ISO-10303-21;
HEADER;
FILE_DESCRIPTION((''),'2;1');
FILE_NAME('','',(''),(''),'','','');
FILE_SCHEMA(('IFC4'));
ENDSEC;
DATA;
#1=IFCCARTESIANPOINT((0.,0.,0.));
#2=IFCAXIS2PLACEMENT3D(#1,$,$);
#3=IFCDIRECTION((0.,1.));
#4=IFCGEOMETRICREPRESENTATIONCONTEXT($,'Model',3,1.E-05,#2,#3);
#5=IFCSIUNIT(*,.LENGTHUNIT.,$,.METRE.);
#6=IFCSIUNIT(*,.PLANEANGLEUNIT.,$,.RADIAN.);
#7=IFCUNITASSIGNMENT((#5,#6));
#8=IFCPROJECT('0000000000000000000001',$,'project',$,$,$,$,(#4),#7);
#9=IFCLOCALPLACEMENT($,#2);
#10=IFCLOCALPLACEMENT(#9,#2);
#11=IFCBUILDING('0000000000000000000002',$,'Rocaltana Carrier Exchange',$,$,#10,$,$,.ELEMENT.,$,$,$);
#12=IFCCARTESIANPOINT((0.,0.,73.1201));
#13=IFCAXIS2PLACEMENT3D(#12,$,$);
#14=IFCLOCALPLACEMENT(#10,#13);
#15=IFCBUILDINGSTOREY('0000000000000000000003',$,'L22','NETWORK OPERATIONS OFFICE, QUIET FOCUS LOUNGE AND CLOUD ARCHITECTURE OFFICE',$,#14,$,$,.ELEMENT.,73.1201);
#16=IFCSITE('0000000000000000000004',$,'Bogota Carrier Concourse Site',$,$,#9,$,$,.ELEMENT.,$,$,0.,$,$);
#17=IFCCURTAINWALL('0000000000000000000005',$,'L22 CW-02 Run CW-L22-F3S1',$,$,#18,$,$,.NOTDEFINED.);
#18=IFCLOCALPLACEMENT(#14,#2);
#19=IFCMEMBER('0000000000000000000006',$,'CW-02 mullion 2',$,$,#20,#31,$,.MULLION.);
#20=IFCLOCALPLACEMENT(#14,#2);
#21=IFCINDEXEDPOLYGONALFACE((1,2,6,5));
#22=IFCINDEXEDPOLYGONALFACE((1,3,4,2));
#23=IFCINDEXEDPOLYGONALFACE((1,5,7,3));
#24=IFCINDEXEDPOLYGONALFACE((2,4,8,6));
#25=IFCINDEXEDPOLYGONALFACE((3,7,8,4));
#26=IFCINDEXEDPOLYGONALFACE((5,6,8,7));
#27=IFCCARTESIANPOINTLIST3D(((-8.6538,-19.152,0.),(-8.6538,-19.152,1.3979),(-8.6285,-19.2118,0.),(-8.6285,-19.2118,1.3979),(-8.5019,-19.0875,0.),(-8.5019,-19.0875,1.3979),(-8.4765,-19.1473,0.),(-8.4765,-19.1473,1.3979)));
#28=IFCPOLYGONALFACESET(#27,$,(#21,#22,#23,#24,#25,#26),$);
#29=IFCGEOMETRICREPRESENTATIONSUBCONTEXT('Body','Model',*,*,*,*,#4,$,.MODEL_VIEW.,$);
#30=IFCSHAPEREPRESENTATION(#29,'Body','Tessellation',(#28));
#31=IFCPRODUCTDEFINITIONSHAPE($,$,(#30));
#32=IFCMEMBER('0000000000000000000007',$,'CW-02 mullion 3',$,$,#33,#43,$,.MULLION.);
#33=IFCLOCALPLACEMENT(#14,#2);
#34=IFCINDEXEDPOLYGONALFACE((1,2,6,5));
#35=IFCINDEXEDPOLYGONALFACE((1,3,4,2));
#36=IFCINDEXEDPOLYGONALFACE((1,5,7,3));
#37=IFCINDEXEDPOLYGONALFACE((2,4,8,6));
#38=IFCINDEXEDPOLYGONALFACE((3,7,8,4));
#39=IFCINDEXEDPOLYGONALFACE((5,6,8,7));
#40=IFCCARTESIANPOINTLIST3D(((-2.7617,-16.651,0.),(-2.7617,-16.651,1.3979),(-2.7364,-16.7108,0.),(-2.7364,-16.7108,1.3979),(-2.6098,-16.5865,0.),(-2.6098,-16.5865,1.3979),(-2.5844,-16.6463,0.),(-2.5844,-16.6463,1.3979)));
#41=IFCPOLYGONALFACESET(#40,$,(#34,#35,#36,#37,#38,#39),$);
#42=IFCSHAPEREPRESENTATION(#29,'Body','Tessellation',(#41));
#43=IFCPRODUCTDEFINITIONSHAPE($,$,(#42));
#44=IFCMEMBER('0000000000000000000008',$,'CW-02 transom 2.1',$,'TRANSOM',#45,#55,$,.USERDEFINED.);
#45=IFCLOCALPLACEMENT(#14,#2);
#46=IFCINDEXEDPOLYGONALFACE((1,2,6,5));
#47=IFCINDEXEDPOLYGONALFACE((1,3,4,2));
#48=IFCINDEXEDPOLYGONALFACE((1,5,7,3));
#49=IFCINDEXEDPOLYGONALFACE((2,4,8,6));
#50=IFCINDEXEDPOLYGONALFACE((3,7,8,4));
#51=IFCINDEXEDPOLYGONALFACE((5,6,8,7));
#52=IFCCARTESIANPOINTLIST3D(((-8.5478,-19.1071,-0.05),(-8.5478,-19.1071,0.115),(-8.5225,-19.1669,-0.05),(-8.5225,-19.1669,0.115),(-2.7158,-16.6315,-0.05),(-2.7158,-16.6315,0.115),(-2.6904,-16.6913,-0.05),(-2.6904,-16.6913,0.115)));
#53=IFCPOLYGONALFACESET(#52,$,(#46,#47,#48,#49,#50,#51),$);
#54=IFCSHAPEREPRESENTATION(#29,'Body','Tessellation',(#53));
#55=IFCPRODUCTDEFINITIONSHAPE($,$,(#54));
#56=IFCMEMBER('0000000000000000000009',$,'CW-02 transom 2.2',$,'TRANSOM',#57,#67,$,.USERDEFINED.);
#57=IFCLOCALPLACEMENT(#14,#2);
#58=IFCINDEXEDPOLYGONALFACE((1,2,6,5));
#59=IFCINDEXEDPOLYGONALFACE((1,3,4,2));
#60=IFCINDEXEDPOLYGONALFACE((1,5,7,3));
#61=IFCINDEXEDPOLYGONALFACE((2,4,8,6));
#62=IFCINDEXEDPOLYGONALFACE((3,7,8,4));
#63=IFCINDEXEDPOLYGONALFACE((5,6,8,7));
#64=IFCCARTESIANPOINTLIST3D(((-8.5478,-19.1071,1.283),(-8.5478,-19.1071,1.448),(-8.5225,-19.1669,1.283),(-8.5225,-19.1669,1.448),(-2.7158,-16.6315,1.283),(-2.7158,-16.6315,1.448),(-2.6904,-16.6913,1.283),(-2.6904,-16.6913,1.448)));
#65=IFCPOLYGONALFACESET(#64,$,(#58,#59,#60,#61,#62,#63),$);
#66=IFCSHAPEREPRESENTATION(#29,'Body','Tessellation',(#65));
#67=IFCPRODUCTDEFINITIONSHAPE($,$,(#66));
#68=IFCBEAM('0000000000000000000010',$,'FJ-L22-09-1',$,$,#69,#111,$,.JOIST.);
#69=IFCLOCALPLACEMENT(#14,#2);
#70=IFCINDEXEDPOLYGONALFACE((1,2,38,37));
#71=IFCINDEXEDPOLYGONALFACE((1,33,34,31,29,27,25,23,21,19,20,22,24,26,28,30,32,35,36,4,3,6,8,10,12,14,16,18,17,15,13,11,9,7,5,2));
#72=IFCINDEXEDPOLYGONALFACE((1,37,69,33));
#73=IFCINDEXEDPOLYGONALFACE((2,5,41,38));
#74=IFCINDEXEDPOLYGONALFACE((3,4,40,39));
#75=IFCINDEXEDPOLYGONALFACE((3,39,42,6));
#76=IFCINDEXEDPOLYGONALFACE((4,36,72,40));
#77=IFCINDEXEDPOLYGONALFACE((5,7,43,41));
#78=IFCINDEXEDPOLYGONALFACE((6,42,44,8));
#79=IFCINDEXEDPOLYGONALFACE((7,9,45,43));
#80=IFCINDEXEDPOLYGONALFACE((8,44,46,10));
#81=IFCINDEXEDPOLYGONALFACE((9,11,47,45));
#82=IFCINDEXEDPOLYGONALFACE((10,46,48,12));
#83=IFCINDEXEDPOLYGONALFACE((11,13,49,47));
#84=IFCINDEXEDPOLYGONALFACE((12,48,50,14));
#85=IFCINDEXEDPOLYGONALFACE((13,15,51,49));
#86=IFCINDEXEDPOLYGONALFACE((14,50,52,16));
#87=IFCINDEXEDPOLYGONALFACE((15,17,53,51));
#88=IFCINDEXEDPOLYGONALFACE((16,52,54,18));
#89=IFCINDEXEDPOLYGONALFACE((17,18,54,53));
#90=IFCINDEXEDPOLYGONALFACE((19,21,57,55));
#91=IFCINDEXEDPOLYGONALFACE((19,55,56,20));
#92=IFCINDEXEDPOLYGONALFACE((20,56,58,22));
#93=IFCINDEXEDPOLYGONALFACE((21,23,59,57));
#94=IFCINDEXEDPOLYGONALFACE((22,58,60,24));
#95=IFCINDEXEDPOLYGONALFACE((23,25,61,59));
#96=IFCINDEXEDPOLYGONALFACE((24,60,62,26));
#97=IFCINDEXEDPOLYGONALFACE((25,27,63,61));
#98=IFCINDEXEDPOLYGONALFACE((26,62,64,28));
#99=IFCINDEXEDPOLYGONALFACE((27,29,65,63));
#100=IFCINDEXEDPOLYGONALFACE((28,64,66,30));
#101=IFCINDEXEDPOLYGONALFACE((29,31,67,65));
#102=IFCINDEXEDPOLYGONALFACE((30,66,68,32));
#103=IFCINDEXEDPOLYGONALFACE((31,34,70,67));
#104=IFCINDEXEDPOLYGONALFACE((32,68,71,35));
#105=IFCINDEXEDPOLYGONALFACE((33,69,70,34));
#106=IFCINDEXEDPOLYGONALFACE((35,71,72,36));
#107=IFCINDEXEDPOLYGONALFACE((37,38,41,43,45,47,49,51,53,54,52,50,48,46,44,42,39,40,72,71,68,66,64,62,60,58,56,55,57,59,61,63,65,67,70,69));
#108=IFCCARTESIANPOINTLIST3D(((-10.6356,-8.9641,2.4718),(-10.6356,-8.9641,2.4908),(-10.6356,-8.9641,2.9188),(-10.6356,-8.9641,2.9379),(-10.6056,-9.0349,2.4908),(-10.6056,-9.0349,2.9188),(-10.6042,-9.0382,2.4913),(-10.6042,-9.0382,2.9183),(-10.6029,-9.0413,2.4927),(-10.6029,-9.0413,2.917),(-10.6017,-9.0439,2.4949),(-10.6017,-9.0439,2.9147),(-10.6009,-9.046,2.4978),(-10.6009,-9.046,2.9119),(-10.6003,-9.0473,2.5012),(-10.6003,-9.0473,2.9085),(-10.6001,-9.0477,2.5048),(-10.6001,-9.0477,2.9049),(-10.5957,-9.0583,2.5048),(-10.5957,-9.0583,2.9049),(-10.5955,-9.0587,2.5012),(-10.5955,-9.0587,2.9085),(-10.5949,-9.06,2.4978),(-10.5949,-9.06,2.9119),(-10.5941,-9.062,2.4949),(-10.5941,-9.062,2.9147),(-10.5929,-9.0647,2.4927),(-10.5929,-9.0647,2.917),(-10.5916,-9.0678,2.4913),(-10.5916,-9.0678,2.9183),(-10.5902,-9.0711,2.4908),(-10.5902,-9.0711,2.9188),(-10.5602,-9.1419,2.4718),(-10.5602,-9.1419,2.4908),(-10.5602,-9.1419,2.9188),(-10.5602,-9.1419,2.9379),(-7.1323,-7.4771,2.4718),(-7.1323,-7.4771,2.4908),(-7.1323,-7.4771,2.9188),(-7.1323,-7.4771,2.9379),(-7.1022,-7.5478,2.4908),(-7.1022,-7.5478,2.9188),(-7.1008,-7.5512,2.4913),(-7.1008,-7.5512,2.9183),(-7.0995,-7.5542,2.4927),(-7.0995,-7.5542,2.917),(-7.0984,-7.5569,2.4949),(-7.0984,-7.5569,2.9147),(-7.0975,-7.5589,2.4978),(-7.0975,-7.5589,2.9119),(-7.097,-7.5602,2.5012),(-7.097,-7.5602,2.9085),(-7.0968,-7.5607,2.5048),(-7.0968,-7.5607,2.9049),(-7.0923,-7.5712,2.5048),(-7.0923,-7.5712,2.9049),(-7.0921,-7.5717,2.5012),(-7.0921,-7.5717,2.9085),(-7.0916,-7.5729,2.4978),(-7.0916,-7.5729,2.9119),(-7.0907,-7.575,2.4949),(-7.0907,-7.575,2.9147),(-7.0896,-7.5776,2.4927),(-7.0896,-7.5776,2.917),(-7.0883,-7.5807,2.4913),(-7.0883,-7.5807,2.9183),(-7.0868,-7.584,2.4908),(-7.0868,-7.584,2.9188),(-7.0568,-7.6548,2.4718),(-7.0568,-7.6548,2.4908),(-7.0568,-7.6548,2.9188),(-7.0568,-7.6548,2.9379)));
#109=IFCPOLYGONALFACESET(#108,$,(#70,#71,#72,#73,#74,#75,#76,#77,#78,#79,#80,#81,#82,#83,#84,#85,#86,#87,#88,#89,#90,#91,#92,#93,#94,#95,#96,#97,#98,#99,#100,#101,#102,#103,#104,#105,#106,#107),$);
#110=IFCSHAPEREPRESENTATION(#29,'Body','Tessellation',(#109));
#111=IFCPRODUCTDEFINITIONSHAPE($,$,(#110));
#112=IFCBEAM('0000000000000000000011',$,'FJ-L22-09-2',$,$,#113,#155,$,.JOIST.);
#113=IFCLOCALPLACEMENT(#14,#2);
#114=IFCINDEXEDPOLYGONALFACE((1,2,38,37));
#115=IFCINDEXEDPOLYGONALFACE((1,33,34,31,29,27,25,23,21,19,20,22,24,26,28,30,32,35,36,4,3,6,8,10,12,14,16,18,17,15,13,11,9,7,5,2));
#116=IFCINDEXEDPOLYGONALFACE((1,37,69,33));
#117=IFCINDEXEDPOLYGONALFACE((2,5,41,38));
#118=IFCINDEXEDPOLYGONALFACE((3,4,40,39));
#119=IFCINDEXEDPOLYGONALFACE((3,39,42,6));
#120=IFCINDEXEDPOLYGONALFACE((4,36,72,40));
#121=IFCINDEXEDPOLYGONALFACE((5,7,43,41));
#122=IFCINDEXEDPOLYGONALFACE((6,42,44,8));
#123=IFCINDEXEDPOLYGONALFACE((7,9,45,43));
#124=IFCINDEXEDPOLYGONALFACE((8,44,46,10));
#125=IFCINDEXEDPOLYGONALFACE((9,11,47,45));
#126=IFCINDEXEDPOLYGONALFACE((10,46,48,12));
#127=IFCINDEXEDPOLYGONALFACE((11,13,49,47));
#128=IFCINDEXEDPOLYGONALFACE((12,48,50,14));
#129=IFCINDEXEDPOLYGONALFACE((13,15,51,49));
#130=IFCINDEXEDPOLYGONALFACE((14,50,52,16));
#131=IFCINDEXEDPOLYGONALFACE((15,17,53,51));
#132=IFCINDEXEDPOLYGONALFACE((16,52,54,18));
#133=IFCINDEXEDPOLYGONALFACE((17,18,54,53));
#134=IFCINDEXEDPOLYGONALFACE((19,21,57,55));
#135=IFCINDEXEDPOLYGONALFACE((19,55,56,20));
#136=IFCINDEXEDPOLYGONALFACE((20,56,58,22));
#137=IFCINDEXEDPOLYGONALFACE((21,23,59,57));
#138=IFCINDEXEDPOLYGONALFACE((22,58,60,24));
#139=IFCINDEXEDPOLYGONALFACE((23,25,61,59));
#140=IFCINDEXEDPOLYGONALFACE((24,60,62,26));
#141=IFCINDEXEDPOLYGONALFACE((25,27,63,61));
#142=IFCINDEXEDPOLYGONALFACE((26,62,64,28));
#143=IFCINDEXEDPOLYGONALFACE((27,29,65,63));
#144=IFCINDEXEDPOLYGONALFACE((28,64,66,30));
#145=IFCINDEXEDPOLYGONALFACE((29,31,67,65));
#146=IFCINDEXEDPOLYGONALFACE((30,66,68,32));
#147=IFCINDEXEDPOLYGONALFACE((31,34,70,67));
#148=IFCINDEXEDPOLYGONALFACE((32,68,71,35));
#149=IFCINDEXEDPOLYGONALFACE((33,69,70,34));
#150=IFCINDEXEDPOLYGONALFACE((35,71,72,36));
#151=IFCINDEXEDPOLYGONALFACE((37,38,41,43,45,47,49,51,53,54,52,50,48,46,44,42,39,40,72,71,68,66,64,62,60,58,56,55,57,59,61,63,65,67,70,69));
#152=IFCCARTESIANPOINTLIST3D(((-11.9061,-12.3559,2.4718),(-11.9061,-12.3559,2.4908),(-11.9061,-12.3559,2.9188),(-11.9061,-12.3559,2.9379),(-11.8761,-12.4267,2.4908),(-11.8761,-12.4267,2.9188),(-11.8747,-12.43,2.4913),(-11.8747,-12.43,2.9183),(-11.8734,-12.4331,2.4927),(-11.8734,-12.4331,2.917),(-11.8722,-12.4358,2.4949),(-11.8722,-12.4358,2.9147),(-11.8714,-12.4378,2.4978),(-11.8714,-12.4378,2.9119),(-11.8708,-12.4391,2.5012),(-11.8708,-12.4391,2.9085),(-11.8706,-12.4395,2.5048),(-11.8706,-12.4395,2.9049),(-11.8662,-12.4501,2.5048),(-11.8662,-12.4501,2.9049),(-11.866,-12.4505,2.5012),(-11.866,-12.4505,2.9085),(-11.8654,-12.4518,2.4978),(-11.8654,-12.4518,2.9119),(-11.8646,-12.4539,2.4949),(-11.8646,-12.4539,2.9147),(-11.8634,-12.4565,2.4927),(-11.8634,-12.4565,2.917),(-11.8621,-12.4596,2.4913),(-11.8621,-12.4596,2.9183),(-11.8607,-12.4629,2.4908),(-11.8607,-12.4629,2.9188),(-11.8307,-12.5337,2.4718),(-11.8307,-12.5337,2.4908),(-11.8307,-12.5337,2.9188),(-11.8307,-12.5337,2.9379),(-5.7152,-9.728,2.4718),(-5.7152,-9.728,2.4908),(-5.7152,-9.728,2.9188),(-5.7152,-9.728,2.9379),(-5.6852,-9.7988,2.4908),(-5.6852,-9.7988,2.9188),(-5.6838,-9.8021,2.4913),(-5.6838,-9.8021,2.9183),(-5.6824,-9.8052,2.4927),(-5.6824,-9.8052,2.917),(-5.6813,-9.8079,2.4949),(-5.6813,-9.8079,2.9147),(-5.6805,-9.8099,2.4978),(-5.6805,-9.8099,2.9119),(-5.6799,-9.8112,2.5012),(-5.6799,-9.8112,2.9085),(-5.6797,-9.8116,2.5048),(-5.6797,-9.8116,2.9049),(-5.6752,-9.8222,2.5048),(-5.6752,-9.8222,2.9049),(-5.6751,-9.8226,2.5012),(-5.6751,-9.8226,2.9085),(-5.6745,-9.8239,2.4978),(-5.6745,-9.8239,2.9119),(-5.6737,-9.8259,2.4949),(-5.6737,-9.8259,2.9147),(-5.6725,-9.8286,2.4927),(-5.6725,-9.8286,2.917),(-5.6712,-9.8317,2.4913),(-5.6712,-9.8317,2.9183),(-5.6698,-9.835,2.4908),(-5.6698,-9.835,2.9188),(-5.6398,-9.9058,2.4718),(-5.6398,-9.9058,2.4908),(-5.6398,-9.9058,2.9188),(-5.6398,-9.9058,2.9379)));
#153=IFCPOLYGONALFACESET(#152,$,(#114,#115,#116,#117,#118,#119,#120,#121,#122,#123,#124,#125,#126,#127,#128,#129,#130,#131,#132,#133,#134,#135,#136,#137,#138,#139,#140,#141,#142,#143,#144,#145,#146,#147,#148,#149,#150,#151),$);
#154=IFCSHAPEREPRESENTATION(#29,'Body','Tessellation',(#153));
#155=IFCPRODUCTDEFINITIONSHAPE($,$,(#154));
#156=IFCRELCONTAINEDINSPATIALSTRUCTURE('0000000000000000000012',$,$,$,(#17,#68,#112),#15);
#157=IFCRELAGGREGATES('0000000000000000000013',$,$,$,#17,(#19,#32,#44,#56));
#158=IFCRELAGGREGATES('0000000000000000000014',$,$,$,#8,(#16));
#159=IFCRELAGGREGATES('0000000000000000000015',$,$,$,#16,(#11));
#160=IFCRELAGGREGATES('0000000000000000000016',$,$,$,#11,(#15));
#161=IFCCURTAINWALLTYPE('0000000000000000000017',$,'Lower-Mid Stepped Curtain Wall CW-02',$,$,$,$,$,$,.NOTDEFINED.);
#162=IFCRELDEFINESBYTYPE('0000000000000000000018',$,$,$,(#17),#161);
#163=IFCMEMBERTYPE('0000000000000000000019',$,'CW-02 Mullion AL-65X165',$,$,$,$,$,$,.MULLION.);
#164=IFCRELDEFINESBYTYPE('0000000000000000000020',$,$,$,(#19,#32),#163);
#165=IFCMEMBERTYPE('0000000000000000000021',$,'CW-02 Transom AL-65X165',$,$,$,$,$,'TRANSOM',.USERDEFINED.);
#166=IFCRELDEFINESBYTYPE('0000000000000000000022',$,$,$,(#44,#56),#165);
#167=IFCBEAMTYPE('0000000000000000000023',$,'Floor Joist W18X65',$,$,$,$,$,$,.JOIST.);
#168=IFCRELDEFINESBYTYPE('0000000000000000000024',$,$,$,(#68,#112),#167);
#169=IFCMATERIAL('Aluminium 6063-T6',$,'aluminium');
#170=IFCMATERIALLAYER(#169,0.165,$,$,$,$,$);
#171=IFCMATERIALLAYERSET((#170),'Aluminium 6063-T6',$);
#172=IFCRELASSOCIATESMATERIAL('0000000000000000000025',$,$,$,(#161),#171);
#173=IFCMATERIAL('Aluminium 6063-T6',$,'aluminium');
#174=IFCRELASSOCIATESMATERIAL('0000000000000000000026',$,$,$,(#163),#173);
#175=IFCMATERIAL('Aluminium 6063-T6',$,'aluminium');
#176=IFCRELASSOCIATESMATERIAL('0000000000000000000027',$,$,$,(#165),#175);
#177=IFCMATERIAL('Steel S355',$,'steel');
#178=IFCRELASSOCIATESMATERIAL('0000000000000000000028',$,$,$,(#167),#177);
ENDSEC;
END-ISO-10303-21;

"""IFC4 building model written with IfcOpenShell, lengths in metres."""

from ifc_helpers import new_model, si_unit, direction, frame, origin, origin_2d, place, context, subcontext, project, spatial, rectangle, i_section, extrude, material, layer, layer_set, material_profile, profile_set, type_object, element, aggregate, save


model = new_model("IFC4")

# Units and contexts
model_context = context("Model", 3, precision=1e-05, world=origin(), true_north=direction((0.0, 1.0)))
body_context = subcontext(model_context, "Body", "Model", "MODEL_VIEW")
ifc_project = project(units=[si_unit("LENGTHUNIT", "METRE"), si_unit("PLANEANGLEUNIT", "RADIAN")], contexts=[model_context])

# Site, building, storey
site_placement = place(None, origin())
site = spatial("IfcSite", under=ifc_project, at=site_placement, Name="Bogota Carrier Concourse Site", CompositionType="ELEMENT", RefElevation=0.0)
building_placement = place(site_placement, origin())
building = spatial("IfcBuilding", under=site, at=building_placement, Name="Rocaltana Carrier Exchange", CompositionType="ELEMENT")
storey_placement = place(building_placement, frame((0.0, 0.0, 73.1201)))
storey = spatial("IfcBuildingStorey", under=building, at=storey_placement, Name="L22", Description="NETWORK OPERATIONS OFFICE, QUIET FOCUS LOUNGE AND CLOUD ARCHITECTURE OFFICE", CompositionType="ELEMENT", Elevation=73.1201)

# Curtain wall, members
ifc_material_1 = material(Name="Aluminium 6063-T6", Category="aluminium")
ifc_layer_1 = layer(ifc_material_1, 0.165)
ifc_layer_set_1 = layer_set([ifc_layer_1], Name="Aluminium 6063-T6")
curtain_wall_type = type_object("IfcCurtainWallType", Name="Lower-Mid Stepped Curtain Wall CW-02", PredefinedType="NOTDEFINED", material=ifc_layer_set_1)
curtain_wall_placement = place(storey_placement, origin())
curtain_wall = element("IfcCurtainWall", 1, at=curtain_wall_placement, inside=storey, type_object=curtain_wall_type, Name="L22 CW-02 Run CW-L22-F3S1", PredefinedType="NOTDEFINED")
ifc_material_2 = material(Name="Aluminium 6063-T6", Category="aluminium")
ifc_material_profile_1 = material_profile(ifc_material_2, rectangle(XDim=0.0649, YDim=0.165, at=origin_2d()), Name="AL-65X165")
ifc_profile_set_1 = profile_set([ifc_material_profile_1], Name="Aluminium 6063-T6")
member_type_1 = type_object("IfcMemberType", Name="CW-02 Mullion AL-65X165", PredefinedType="MULLION", material=ifc_profile_set_1)
member_1_placement = place(storey_placement, frame((-8.5652, -19.1497, 0.0), z_axis=(0.0, 0.0, 1.0), x_axis=(-0.390729, 0.920506, 0.0)))
member_1 = element("IfcMember", 2, at=member_1_placement, type_object=member_type_1, Name="CW-02 mullion 2", PredefinedType="MULLION", context=body_context, shape_type="SweptSolid", body=[
    extrude(rectangle(XDim=0.0649, YDim=0.165, at=origin_2d()), origin(), (0.0, 0.0, 1.0), 1.3979),
])
member_2_placement = place(storey_placement, frame((-2.6731, -16.6487, 0.0), z_axis=(0.0, 0.0, 1.0), x_axis=(-0.390729, 0.920506, 0.0)))
member_2 = element("IfcMember", 3, at=member_2_placement, type_object=member_type_1, Name="CW-02 mullion 3", PredefinedType="MULLION", context=body_context, shape_type="SweptSolid", body=[
    extrude(rectangle(XDim=0.0649, YDim=0.165, at=origin_2d()), origin(), (0.0, 0.0, 1.0), 1.3979),
])
ifc_material_3 = material(Name="Aluminium 6063-T6", Category="aluminium")
ifc_material_profile_2 = material_profile(ifc_material_3, rectangle(XDim=0.0649, YDim=0.165, at=origin_2d()), Name="AL-65X165")
ifc_profile_set_2 = profile_set([ifc_material_profile_2], Name="Aluminium 6063-T6")
member_type_2 = type_object("IfcMemberType", Name="CW-02 Transom AL-65X165", ElementType="TRANSOM", PredefinedType="USERDEFINED", material=ifc_profile_set_2)
member_3_placement = place(storey_placement, frame((-8.5352, -19.137, 0.0325), z_axis=(0.920503, 0.390736, 0.0), x_axis=(-0.390736, 0.920503, 0.0)))
member_3 = element("IfcMember", 4, at=member_3_placement, type_object=member_type_2, Name="CW-02 transom 2.1", ObjectType="TRANSOM", PredefinedType="USERDEFINED", context=body_context, shape_type="SweptSolid", body=[
    extrude(rectangle(XDim=0.0649, YDim=0.165, at=origin_2d()), origin(), (0.0, 0.0, 1.0), 6.3357),
])
member_4_placement = place(storey_placement, frame((-8.5352, -19.137, 1.3655), z_axis=(0.920503, 0.390736, 0.0), x_axis=(-0.390736, 0.920503, 0.0)))
member_4 = element("IfcMember", 5, at=member_4_placement, type_object=member_type_2, Name="CW-02 transom 2.2", ObjectType="TRANSOM", PredefinedType="USERDEFINED", context=body_context, shape_type="SweptSolid", body=[
    extrude(rectangle(XDim=0.0649, YDim=0.165, at=origin_2d()), origin(), (0.0, 0.0, 1.0), 6.3357),
])

# Beams
ifc_material_4 = material(Name="Steel S355", Category="steel")
ifc_material_profile_3 = material_profile(ifc_material_4, i_section(OverallWidth=0.1931, OverallDepth=0.4661, WebThickness=0.0115, FlangeThickness=0.019, FilletRadius=0.0139, at=origin_2d()), Name="W18X65")
ifc_profile_set_3 = profile_set([ifc_material_profile_3], Name="Steel S355")
beam_type = type_object("IfcBeamType", Name="Floor Joist W18X65", PredefinedType="JOIST", material=ifc_profile_set_3)
beam_1_placement = place(storey_placement, frame((-10.5979, -9.053, 2.7048), z_axis=(0.92051, 0.39072, 0.0), x_axis=(-0.39072, 0.92051, 0.0)))
element("IfcBeam", 6, at=beam_1_placement, inside=storey, type_object=beam_type, Name="FJ-L22-09-1", PredefinedType="JOIST", context=body_context, shape_type="SweptSolid", body=[
    extrude(i_section(OverallWidth=0.1931, OverallDepth=0.4661, WebThickness=0.0115, FlangeThickness=0.019, FilletRadius=0.0139, at=origin_2d()), origin(), (0.0, 0.0, 1.0), 3.8059),
])
beam_2_placement = place(storey_placement, frame((-11.8684, -12.4448, 2.7048), z_axis=(0.920503, 0.390736, 0.0), x_axis=(-0.390736, 0.920503, 0.0)))
element("IfcBeam", 7, at=beam_2_placement, inside=storey, type_object=beam_type, Name="FJ-L22-09-2", PredefinedType="JOIST", context=body_context, shape_type="SweptSolid", body=[
    extrude(i_section(OverallWidth=0.1931, OverallDepth=0.4661, WebThickness=0.0115, FlangeThickness=0.019, FilletRadius=0.0139, at=origin_2d()), origin(), (0.0, 0.0, 1.0), 6.7256),
])

aggregate(curtain_wall, [member_1, member_2, member_3, member_4])

save(model, "model.ifc")
